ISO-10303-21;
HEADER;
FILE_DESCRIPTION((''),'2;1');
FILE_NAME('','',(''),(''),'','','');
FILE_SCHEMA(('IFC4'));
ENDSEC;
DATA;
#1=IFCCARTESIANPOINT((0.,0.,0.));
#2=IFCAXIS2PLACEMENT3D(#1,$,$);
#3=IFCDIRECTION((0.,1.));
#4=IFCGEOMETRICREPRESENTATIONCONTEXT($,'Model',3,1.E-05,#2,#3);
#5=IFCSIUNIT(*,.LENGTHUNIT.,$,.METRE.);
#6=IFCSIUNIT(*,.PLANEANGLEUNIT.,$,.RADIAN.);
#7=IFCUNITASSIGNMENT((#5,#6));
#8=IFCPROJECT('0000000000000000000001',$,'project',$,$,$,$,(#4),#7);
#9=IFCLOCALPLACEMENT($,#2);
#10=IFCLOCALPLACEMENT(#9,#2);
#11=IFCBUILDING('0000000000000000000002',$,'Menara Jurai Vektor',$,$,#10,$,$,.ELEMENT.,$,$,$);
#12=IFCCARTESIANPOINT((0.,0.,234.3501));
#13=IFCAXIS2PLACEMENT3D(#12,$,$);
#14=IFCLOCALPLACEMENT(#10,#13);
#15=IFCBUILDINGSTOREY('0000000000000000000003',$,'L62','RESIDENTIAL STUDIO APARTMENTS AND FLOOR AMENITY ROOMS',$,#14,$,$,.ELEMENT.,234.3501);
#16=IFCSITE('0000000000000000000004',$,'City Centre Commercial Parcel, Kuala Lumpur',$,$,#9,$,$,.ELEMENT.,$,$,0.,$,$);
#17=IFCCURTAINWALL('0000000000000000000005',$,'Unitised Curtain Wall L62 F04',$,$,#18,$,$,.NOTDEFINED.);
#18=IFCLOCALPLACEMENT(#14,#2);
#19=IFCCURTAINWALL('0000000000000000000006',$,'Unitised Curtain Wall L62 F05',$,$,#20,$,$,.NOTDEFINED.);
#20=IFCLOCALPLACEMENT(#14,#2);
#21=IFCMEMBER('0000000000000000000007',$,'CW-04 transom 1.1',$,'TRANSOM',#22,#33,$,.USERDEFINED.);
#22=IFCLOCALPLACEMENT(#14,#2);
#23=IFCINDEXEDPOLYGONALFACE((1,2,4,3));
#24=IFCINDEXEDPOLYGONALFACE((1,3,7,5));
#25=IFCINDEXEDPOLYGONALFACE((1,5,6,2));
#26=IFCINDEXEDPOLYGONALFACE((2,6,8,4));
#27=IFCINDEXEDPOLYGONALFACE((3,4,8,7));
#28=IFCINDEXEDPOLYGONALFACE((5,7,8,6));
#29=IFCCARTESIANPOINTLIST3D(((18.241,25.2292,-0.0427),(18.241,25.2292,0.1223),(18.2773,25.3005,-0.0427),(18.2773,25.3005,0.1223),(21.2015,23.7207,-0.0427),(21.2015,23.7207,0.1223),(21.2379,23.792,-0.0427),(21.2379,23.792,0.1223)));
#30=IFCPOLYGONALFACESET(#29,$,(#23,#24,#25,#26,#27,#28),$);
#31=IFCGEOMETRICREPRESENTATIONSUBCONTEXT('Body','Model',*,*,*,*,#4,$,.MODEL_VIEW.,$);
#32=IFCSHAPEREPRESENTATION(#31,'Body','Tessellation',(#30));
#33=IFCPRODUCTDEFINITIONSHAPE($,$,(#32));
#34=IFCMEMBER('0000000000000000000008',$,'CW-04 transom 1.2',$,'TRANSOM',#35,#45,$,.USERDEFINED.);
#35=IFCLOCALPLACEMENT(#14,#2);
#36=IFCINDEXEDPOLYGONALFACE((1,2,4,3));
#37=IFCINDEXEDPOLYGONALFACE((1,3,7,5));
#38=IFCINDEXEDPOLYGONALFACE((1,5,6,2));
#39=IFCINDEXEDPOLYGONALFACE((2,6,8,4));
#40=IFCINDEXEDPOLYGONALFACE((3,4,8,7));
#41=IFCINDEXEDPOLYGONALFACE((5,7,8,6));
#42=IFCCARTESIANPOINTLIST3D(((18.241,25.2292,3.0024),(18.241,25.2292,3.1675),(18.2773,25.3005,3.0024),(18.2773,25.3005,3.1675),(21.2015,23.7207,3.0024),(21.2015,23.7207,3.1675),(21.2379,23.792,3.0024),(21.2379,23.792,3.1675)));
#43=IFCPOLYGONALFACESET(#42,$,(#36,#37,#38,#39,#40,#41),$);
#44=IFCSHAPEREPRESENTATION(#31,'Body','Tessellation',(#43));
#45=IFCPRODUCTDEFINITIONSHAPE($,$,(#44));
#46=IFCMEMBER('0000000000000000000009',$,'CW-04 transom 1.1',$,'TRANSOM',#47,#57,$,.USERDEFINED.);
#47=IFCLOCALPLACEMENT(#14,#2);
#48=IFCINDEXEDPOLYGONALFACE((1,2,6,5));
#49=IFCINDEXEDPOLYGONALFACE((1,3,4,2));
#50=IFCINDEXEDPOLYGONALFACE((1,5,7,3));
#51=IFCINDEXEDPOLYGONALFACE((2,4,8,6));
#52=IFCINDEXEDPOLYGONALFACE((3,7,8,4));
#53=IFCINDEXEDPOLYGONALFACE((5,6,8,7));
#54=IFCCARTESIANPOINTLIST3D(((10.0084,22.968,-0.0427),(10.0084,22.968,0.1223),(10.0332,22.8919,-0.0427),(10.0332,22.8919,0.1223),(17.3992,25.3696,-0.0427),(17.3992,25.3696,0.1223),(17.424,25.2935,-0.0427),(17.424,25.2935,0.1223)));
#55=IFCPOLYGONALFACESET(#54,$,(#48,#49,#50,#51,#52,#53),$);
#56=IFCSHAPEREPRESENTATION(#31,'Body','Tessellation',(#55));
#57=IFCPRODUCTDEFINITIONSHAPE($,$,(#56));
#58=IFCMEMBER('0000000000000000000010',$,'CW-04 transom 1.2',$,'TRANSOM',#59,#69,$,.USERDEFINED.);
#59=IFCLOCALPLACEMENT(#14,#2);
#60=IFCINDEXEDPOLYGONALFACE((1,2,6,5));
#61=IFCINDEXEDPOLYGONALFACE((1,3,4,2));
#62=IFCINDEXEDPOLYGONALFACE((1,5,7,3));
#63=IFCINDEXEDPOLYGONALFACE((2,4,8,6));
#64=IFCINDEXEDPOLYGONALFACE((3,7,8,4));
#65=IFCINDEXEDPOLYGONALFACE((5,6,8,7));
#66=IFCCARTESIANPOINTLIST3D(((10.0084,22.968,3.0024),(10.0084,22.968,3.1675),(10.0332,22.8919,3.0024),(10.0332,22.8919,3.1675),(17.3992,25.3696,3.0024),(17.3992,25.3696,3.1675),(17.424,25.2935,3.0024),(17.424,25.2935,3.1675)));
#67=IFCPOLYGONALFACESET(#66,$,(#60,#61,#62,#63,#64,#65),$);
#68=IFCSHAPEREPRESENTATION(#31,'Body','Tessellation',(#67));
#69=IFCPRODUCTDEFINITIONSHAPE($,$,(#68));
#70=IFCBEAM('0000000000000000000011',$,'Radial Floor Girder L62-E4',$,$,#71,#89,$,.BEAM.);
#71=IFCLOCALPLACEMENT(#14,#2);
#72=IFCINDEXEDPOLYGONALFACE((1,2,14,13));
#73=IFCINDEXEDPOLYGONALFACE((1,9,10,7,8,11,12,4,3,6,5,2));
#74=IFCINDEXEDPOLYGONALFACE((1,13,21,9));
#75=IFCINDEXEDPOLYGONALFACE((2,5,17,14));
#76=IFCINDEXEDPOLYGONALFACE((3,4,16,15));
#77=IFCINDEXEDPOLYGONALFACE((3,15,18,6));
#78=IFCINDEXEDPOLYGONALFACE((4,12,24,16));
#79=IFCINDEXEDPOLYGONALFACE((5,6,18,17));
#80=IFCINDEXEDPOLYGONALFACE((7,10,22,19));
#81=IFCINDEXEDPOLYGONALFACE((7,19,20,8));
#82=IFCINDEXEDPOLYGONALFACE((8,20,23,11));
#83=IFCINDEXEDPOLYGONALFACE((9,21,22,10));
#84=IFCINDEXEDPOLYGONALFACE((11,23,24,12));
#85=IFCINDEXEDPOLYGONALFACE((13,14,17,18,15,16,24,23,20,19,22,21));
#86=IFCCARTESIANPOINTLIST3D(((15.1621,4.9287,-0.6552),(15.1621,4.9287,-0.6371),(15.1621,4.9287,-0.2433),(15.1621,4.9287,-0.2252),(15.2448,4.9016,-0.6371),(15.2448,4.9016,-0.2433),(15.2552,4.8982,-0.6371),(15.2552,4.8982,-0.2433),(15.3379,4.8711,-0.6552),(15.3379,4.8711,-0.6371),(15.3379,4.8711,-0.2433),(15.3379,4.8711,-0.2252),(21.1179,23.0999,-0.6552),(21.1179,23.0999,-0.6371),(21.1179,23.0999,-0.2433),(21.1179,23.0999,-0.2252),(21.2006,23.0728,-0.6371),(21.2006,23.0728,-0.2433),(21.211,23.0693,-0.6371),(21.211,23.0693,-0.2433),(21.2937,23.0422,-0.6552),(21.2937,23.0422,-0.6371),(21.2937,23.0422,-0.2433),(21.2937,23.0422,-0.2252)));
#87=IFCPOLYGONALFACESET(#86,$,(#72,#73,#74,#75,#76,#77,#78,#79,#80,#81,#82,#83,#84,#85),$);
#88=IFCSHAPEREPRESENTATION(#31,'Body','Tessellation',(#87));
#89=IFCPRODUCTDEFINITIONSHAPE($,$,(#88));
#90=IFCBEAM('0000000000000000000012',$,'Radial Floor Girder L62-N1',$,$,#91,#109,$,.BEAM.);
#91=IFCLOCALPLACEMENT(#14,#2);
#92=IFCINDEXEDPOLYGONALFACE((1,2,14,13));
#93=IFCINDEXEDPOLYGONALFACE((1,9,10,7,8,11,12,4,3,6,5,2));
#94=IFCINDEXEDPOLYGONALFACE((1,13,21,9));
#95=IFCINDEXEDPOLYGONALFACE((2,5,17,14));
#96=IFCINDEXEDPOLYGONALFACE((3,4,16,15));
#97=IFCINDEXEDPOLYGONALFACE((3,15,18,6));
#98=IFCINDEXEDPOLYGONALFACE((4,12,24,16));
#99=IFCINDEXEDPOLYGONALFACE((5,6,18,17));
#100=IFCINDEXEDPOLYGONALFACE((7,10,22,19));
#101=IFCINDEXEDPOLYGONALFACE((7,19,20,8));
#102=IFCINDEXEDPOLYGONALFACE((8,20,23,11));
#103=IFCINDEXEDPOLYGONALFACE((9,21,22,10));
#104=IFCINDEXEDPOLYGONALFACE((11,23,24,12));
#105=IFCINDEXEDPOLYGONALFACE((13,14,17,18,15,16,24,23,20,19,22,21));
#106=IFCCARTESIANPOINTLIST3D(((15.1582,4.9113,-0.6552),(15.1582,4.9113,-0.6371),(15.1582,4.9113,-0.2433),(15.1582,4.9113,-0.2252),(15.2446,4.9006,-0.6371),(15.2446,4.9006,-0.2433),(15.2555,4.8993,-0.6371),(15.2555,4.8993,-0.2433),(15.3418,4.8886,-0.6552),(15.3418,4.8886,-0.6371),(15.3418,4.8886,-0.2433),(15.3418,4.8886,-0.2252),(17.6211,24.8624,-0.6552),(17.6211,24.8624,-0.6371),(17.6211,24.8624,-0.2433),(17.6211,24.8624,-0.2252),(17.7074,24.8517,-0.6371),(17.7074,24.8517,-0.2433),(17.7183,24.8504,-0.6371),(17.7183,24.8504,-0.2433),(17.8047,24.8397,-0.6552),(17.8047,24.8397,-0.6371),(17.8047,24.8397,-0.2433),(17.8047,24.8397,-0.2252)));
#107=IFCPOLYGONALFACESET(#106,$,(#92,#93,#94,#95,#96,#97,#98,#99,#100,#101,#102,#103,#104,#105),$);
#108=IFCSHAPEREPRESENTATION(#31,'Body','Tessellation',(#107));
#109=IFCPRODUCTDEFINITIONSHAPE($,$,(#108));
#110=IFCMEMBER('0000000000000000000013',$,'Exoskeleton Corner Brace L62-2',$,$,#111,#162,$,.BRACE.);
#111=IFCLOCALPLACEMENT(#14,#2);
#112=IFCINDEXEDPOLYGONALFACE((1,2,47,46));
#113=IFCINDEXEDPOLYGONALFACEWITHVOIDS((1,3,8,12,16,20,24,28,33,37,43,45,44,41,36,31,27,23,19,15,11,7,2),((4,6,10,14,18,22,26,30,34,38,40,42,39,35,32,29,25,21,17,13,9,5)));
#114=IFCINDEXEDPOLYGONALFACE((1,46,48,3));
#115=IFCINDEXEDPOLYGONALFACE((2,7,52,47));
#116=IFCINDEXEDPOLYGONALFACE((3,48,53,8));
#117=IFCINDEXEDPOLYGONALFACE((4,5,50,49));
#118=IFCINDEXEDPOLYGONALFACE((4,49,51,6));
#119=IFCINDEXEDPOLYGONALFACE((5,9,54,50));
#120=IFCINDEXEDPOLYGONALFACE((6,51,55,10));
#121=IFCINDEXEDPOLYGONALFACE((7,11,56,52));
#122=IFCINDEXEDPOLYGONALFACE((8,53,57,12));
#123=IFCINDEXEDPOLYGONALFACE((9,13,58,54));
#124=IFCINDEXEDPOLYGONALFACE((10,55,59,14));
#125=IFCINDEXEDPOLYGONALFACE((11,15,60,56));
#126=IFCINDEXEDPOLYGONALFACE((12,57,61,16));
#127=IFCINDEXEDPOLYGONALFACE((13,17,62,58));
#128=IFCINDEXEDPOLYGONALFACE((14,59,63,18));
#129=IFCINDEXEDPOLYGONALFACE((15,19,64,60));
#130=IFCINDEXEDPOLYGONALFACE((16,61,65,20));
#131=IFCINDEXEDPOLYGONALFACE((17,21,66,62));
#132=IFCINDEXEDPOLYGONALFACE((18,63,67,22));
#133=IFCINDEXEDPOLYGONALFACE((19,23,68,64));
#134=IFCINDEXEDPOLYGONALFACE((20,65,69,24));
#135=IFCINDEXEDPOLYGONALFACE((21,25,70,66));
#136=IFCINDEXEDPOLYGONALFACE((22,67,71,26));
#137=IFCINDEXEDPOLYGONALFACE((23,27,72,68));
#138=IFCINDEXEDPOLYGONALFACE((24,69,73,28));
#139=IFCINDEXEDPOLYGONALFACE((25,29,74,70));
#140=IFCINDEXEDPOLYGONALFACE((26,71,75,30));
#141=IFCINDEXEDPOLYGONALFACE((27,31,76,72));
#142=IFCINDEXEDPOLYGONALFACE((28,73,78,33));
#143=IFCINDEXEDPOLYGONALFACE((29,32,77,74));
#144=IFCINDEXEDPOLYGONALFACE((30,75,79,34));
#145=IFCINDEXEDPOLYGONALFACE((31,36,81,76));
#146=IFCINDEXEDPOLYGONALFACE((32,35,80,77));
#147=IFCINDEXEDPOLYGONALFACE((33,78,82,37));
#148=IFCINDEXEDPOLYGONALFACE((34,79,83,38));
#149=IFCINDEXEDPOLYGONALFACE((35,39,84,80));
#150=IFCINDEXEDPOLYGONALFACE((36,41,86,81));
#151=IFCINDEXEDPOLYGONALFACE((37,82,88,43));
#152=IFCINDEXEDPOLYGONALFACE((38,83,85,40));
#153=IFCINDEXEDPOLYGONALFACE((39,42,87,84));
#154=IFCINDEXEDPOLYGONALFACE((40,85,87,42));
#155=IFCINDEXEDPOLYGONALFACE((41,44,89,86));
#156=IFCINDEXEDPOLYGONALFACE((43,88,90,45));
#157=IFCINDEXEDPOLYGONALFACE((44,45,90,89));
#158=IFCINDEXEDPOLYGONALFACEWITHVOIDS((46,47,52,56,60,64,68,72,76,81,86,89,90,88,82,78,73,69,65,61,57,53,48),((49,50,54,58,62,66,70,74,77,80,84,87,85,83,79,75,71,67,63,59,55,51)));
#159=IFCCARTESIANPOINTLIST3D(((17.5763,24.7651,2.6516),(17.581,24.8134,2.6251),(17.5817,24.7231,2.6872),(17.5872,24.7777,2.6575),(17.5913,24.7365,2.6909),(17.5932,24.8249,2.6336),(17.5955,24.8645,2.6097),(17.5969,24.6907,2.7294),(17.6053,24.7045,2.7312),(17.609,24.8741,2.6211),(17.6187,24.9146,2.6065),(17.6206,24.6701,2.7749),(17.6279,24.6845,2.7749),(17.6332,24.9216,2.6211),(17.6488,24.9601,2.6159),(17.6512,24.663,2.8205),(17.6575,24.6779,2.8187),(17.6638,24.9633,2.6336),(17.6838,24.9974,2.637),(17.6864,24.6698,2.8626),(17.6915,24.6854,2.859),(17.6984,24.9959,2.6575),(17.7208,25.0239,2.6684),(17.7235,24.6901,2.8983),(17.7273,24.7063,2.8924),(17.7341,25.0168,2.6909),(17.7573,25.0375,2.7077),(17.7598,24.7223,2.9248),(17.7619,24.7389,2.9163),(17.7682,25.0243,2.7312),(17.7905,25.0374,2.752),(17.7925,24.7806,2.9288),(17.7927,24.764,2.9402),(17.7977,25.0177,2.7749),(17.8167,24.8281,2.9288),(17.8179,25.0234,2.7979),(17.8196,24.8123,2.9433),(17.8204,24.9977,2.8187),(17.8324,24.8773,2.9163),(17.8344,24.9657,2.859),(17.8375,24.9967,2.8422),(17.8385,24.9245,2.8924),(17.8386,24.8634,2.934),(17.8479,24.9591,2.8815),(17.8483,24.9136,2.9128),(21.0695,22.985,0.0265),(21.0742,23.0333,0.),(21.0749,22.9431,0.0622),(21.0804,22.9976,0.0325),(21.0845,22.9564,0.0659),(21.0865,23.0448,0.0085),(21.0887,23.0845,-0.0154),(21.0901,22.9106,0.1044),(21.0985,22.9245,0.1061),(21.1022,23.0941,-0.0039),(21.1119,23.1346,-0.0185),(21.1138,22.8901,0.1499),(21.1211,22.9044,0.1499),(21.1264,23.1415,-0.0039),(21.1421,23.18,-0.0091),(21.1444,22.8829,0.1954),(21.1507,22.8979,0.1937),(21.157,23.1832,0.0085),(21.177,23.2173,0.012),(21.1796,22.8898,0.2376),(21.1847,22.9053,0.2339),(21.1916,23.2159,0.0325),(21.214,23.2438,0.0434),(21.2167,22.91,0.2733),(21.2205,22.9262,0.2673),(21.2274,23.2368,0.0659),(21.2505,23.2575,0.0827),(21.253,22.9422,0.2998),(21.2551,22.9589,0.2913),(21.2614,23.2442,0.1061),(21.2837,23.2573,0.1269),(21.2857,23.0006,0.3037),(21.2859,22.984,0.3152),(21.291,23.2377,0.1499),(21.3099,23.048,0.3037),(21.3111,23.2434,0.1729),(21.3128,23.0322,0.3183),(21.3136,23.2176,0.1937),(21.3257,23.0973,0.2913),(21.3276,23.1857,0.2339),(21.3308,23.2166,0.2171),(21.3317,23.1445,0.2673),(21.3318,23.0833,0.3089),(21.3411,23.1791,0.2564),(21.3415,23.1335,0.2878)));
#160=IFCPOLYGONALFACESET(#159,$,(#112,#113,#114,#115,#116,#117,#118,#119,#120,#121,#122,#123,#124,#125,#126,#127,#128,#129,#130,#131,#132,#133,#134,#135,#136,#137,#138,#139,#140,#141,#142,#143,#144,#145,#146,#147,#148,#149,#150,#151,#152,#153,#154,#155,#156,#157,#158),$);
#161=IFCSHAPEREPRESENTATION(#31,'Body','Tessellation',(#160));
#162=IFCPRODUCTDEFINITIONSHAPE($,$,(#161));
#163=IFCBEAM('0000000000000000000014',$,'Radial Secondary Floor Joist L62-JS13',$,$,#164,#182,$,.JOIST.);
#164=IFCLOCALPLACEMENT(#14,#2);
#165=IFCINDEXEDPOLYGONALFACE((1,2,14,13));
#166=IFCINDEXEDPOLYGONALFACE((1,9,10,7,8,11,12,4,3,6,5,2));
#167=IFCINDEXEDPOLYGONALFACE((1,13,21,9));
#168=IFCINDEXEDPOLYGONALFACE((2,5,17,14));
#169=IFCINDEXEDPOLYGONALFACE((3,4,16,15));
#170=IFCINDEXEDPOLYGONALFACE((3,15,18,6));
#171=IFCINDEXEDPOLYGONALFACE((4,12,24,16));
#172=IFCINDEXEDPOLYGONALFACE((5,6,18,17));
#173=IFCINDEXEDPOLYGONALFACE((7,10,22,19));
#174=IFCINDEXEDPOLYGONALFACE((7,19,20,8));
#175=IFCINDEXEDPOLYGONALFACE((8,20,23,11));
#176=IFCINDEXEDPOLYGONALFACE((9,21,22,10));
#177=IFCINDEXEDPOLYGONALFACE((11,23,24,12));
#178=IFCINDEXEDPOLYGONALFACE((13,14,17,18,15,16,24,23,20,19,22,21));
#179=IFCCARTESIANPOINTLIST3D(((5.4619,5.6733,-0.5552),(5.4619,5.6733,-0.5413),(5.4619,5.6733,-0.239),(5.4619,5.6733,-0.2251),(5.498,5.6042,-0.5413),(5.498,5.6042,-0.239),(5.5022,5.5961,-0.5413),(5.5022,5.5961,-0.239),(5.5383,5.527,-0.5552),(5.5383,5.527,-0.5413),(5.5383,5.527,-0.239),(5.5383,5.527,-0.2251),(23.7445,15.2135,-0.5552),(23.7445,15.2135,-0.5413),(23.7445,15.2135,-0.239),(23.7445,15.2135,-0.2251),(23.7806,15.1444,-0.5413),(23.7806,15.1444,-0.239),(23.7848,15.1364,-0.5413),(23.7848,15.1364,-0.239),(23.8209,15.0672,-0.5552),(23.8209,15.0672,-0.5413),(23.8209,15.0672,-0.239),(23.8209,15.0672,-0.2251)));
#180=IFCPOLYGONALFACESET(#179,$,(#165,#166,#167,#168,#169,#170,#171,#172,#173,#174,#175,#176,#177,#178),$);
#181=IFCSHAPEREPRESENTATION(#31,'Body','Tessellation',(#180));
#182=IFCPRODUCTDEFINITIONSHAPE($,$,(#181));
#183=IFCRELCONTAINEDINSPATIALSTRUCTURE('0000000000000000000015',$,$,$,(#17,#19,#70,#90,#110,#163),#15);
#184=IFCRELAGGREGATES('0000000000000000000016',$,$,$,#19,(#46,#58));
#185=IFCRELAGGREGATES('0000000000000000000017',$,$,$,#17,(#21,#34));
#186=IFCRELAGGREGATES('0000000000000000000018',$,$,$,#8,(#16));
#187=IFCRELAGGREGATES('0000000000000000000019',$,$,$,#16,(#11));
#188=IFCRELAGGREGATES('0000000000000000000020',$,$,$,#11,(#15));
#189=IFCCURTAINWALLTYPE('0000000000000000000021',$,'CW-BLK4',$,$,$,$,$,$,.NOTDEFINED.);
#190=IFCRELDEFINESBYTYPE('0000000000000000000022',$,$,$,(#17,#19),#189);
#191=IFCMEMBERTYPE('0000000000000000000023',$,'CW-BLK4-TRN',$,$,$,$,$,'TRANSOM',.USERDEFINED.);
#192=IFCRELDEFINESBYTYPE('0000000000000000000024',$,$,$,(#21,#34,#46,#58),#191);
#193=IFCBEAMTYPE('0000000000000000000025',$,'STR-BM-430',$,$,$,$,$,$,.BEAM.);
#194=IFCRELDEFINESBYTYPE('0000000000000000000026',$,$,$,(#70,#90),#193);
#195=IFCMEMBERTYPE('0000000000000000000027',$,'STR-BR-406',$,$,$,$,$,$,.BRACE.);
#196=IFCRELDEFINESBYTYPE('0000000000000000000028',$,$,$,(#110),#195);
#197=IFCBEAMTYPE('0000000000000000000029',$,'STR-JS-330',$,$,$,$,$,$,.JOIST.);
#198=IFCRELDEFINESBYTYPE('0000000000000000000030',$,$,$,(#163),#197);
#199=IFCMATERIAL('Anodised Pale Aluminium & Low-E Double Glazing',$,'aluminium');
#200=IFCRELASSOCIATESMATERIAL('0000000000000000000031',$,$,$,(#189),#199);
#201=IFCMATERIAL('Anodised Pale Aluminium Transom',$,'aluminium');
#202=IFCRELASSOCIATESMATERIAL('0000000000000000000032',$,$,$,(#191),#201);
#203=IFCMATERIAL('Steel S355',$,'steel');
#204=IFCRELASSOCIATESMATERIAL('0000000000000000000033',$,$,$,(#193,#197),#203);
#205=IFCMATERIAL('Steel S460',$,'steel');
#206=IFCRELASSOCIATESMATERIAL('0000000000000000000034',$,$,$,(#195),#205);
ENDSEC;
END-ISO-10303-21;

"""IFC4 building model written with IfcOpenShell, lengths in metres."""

from ifc_helpers import new_model, si_unit, direction, frame, origin, origin_2d, place, context, subcontext, project, spatial, rectangle, hollow_circle, i_section, extrude, material, material_profile, profile_set, type_object, element, aggregate, save


model = new_model("IFC4")

# Units and contexts
model_context = context("Model", 3, precision=1e-05, world=origin(), true_north=direction((0.0, 1.0)))
body_context = subcontext(model_context, "Body", "Model", "MODEL_VIEW")
ifc_project = project(units=[si_unit("LENGTHUNIT", "METRE"), si_unit("PLANEANGLEUNIT", "RADIAN")], contexts=[model_context])

# Site, building, storey
site_placement = place(None, origin())
site = spatial("IfcSite", under=ifc_project, at=site_placement, Name="City Centre Commercial Parcel, Kuala Lumpur", CompositionType="ELEMENT", RefElevation=0.0)
building_placement = place(site_placement, origin())
building = spatial("IfcBuilding", under=site, at=building_placement, Name="Menara Jurai Vektor", CompositionType="ELEMENT")
storey_placement = place(building_placement, frame((0.0, 0.0, 234.3501)))
storey = spatial("IfcBuildingStorey", under=building, at=storey_placement, Name="L62", Description="RESIDENTIAL STUDIO APARTMENTS AND FLOOR AMENITY ROOMS", CompositionType="ELEMENT", Elevation=234.3501)

# Shared definitions
ifc_material_1 = material(Name="Steel S460", Category="steel")

# Curtain wall
ifc_material_2 = material(Name="Anodised Pale Aluminium & Low-E Double Glazing", Category="aluminium")
curtain_wall_type = type_object("IfcCurtainWallType", Name="CW-BLK4", PredefinedType="NOTDEFINED", material=ifc_material_2)
curtain_wall_1_placement = place(storey_placement, origin())
curtain_wall_1 = element("IfcCurtainWall", 1, at=curtain_wall_1_placement, inside=storey, type_object=curtain_wall_type, Name="Unitised Curtain Wall L62 F04", PredefinedType="NOTDEFINED")

# Curtain wall
curtain_wall_2_placement = place(storey_placement, origin())
curtain_wall_2 = element("IfcCurtainWall", 2, at=curtain_wall_2_placement, inside=storey, type_object=curtain_wall_type, Name="Unitised Curtain Wall L62 F05", PredefinedType="NOTDEFINED")

# Members
ifc_material_3 = material(Name="Anodised Pale Aluminium Transom", Category="aluminium")
ifc_material_profile_1 = material_profile(ifc_material_3, rectangle(XDim=0.0801, YDim=0.165, at=origin_2d()), Name="ALU TRN 80x165")
ifc_profile_set_1 = profile_set([ifc_material_profile_1], Name="Anodised Pale Aluminium Transom")
member_type_1 = type_object("IfcMemberType", Name="CW-BLK4-TRN", ElementType="TRANSOM", PredefinedType="USERDEFINED", material=ifc_profile_set_1)
member_1_placement = place(storey_placement, frame((21.2197, 23.7563, 0.0398), z_axis=(-0.891007, 0.45399, 0.0), x_axis=(-0.45399, -0.891007, 0.0)))
member_1 = element("IfcMember", 3, at=member_1_placement, type_object=member_type_1, Name="CW-04 transom 1.1", ObjectType="TRANSOM", PredefinedType="USERDEFINED", context=body_context, shape_type="SweptSolid", body=[
    extrude(rectangle(XDim=0.0801, YDim=0.165, at=origin_2d()), origin(), (0.0, 0.0, 1.0), 3.3228),
])
member_2_placement = place(storey_placement, frame((21.2197, 23.7563, 3.085), z_axis=(-0.891007, 0.45399, 0.0), x_axis=(-0.45399, -0.891007, 0.0)))
member_2 = element("IfcMember", 4, at=member_2_placement, type_object=member_type_1, Name="CW-04 transom 1.2", ObjectType="TRANSOM", PredefinedType="USERDEFINED", context=body_context, shape_type="SweptSolid", body=[
    extrude(rectangle(XDim=0.0801, YDim=0.165, at=origin_2d()), origin(), (0.0, 0.0, 1.0), 3.3228),
])
member_3_placement = place(storey_placement, frame((17.4116, 25.3315, 0.0398), z_axis=(-0.95105, -0.309037, 0.0), x_axis=(0.309037, -0.95105, 0.0)))
member_3 = element("IfcMember", 5, at=member_3_placement, type_object=member_type_1, Name="CW-04 transom 1.1", ObjectType="TRANSOM", PredefinedType="USERDEFINED", context=body_context, shape_type="SweptSolid", body=[
    extrude(rectangle(XDim=0.0801, YDim=0.165, at=origin_2d()), origin(), (0.0, 0.0, 1.0), 7.7712),
])
member_4_placement = place(storey_placement, frame((17.4116, 25.3315, 3.085), z_axis=(-0.95105, -0.309037, 0.0), x_axis=(0.309037, -0.95105, 0.0)))
member_4 = element("IfcMember", 6, at=member_4_placement, type_object=member_type_1, Name="CW-04 transom 1.2", ObjectType="TRANSOM", PredefinedType="USERDEFINED", context=body_context, shape_type="SweptSolid", body=[
    extrude(rectangle(XDim=0.0801, YDim=0.165, at=origin_2d()), origin(), (0.0, 0.0, 1.0), 7.7712),
])

# Beams
ifc_material_4 = material(Name="Steel S355", Category="steel")
ifc_material_profile_2 = material_profile(ifc_material_4, i_section(OverallWidth=0.1851, OverallDepth=0.4299, WebThickness=0.011, FlangeThickness=0.0181, at=origin_2d()), Name="PG 430x185x76")
ifc_profile_set_2 = profile_set([ifc_material_profile_2], Name="Steel S355")
beam_type_1 = type_object("IfcBeamType", Name="STR-BM-430", PredefinedType="BEAM", material=ifc_profile_set_2)
beam_1_placement = place(storey_placement, frame((21.2058, 23.071, -0.4402), z_axis=(-0.311459, -0.95026, 0.0), x_axis=(0.95026, -0.311459, 0.0)))
element("IfcBeam", 7, at=beam_1_placement, inside=storey, type_object=beam_type_1, Name="Radial Floor Girder L62-E4", PredefinedType="BEAM", context=body_context, shape_type="SweptSolid", body=[
    extrude(i_section(OverallWidth=0.1851, OverallDepth=0.4299, WebThickness=0.011, FlangeThickness=0.0181, at=origin_2d()), origin(), (0.0, 0.0, 1.0), 19.1223),
])
beam_2_placement = place(storey_placement, frame((17.7129, 24.8511, -0.4402), z_axis=(-0.122516, -0.992467, 0.0), x_axis=(0.992467, -0.122516, 0.0)))
element("IfcBeam", 8, at=beam_2_placement, inside=storey, type_object=beam_type_1, Name="Radial Floor Girder L62-N1", PredefinedType="BEAM", context=body_context, shape_type="SweptSolid", body=[
    extrude(i_section(OverallWidth=0.1851, OverallDepth=0.4299, WebThickness=0.011, FlangeThickness=0.0181, at=origin_2d()), origin(), (0.0, 0.0, 1.0), 20.1025),
])

# Member
ifc_material_profile_3 = material_profile(ifc_material_1, hollow_circle(Radius=0.2031, WallThickness=0.0161, at=origin_2d()), Name="CHS 406.4x16")
ifc_profile_set_3 = profile_set([ifc_material_profile_3], Name="Steel S460")
member_type_2 = type_object("IfcMemberType", Name="STR-BR-406", PredefinedType="BRACE", material=ifc_profile_set_3)
member_5_placement = place(storey_placement, frame((21.2061, 23.071, 0.1499), z_axis=(-0.740361, 0.377269, 0.556357), x_axis=(-0.454026, -0.890989, 0.0)))
element("IfcMember", 9, at=member_5_placement, inside=storey, type_object=member_type_2, Name="Exoskeleton Corner Brace L62-2", PredefinedType="BRACE", context=body_context, shape_type="SweptSolid", body=[
    extrude(hollow_circle(Radius=0.2031, WallThickness=0.0161, at=origin_2d()), origin(), (0.0, 0.0, 1.0), 4.7183),
])

# Beam
ifc_material_profile_4 = material_profile(ifc_material_4, i_section(OverallWidth=0.165, OverallDepth=0.3301, WebThickness=0.009, FlangeThickness=0.0139, at=origin_2d()), Name="PG 330x165x46")
ifc_profile_set_4 = profile_set([ifc_material_profile_4], Name="Steel S355")
beam_type_2 = type_object("IfcBeamType", Name="STR-JS-330", PredefinedType="JOIST", material=ifc_profile_set_4)
beam_3_placement = place(storey_placement, frame((23.7827, 15.1404, -0.3901), z_axis=(-0.886556, -0.462622, 0.0), x_axis=(0.462622, -0.886556, 0.0)))
element("IfcBeam", 10, at=beam_3_placement, inside=storey, type_object=beam_type_2, Name="Radial Secondary Floor Joist L62-JS13", PredefinedType="JOIST", context=body_context, shape_type="SweptSolid", body=[
    extrude(i_section(OverallWidth=0.165, OverallDepth=0.3301, WebThickness=0.009, FlangeThickness=0.0139, at=origin_2d()), origin(), (0.0, 0.0, 1.0), 20.6221),
])

aggregate(curtain_wall_2, [member_3, member_4])
aggregate(curtain_wall_1, [member_1, member_2])

save(model, "model.ifc")
